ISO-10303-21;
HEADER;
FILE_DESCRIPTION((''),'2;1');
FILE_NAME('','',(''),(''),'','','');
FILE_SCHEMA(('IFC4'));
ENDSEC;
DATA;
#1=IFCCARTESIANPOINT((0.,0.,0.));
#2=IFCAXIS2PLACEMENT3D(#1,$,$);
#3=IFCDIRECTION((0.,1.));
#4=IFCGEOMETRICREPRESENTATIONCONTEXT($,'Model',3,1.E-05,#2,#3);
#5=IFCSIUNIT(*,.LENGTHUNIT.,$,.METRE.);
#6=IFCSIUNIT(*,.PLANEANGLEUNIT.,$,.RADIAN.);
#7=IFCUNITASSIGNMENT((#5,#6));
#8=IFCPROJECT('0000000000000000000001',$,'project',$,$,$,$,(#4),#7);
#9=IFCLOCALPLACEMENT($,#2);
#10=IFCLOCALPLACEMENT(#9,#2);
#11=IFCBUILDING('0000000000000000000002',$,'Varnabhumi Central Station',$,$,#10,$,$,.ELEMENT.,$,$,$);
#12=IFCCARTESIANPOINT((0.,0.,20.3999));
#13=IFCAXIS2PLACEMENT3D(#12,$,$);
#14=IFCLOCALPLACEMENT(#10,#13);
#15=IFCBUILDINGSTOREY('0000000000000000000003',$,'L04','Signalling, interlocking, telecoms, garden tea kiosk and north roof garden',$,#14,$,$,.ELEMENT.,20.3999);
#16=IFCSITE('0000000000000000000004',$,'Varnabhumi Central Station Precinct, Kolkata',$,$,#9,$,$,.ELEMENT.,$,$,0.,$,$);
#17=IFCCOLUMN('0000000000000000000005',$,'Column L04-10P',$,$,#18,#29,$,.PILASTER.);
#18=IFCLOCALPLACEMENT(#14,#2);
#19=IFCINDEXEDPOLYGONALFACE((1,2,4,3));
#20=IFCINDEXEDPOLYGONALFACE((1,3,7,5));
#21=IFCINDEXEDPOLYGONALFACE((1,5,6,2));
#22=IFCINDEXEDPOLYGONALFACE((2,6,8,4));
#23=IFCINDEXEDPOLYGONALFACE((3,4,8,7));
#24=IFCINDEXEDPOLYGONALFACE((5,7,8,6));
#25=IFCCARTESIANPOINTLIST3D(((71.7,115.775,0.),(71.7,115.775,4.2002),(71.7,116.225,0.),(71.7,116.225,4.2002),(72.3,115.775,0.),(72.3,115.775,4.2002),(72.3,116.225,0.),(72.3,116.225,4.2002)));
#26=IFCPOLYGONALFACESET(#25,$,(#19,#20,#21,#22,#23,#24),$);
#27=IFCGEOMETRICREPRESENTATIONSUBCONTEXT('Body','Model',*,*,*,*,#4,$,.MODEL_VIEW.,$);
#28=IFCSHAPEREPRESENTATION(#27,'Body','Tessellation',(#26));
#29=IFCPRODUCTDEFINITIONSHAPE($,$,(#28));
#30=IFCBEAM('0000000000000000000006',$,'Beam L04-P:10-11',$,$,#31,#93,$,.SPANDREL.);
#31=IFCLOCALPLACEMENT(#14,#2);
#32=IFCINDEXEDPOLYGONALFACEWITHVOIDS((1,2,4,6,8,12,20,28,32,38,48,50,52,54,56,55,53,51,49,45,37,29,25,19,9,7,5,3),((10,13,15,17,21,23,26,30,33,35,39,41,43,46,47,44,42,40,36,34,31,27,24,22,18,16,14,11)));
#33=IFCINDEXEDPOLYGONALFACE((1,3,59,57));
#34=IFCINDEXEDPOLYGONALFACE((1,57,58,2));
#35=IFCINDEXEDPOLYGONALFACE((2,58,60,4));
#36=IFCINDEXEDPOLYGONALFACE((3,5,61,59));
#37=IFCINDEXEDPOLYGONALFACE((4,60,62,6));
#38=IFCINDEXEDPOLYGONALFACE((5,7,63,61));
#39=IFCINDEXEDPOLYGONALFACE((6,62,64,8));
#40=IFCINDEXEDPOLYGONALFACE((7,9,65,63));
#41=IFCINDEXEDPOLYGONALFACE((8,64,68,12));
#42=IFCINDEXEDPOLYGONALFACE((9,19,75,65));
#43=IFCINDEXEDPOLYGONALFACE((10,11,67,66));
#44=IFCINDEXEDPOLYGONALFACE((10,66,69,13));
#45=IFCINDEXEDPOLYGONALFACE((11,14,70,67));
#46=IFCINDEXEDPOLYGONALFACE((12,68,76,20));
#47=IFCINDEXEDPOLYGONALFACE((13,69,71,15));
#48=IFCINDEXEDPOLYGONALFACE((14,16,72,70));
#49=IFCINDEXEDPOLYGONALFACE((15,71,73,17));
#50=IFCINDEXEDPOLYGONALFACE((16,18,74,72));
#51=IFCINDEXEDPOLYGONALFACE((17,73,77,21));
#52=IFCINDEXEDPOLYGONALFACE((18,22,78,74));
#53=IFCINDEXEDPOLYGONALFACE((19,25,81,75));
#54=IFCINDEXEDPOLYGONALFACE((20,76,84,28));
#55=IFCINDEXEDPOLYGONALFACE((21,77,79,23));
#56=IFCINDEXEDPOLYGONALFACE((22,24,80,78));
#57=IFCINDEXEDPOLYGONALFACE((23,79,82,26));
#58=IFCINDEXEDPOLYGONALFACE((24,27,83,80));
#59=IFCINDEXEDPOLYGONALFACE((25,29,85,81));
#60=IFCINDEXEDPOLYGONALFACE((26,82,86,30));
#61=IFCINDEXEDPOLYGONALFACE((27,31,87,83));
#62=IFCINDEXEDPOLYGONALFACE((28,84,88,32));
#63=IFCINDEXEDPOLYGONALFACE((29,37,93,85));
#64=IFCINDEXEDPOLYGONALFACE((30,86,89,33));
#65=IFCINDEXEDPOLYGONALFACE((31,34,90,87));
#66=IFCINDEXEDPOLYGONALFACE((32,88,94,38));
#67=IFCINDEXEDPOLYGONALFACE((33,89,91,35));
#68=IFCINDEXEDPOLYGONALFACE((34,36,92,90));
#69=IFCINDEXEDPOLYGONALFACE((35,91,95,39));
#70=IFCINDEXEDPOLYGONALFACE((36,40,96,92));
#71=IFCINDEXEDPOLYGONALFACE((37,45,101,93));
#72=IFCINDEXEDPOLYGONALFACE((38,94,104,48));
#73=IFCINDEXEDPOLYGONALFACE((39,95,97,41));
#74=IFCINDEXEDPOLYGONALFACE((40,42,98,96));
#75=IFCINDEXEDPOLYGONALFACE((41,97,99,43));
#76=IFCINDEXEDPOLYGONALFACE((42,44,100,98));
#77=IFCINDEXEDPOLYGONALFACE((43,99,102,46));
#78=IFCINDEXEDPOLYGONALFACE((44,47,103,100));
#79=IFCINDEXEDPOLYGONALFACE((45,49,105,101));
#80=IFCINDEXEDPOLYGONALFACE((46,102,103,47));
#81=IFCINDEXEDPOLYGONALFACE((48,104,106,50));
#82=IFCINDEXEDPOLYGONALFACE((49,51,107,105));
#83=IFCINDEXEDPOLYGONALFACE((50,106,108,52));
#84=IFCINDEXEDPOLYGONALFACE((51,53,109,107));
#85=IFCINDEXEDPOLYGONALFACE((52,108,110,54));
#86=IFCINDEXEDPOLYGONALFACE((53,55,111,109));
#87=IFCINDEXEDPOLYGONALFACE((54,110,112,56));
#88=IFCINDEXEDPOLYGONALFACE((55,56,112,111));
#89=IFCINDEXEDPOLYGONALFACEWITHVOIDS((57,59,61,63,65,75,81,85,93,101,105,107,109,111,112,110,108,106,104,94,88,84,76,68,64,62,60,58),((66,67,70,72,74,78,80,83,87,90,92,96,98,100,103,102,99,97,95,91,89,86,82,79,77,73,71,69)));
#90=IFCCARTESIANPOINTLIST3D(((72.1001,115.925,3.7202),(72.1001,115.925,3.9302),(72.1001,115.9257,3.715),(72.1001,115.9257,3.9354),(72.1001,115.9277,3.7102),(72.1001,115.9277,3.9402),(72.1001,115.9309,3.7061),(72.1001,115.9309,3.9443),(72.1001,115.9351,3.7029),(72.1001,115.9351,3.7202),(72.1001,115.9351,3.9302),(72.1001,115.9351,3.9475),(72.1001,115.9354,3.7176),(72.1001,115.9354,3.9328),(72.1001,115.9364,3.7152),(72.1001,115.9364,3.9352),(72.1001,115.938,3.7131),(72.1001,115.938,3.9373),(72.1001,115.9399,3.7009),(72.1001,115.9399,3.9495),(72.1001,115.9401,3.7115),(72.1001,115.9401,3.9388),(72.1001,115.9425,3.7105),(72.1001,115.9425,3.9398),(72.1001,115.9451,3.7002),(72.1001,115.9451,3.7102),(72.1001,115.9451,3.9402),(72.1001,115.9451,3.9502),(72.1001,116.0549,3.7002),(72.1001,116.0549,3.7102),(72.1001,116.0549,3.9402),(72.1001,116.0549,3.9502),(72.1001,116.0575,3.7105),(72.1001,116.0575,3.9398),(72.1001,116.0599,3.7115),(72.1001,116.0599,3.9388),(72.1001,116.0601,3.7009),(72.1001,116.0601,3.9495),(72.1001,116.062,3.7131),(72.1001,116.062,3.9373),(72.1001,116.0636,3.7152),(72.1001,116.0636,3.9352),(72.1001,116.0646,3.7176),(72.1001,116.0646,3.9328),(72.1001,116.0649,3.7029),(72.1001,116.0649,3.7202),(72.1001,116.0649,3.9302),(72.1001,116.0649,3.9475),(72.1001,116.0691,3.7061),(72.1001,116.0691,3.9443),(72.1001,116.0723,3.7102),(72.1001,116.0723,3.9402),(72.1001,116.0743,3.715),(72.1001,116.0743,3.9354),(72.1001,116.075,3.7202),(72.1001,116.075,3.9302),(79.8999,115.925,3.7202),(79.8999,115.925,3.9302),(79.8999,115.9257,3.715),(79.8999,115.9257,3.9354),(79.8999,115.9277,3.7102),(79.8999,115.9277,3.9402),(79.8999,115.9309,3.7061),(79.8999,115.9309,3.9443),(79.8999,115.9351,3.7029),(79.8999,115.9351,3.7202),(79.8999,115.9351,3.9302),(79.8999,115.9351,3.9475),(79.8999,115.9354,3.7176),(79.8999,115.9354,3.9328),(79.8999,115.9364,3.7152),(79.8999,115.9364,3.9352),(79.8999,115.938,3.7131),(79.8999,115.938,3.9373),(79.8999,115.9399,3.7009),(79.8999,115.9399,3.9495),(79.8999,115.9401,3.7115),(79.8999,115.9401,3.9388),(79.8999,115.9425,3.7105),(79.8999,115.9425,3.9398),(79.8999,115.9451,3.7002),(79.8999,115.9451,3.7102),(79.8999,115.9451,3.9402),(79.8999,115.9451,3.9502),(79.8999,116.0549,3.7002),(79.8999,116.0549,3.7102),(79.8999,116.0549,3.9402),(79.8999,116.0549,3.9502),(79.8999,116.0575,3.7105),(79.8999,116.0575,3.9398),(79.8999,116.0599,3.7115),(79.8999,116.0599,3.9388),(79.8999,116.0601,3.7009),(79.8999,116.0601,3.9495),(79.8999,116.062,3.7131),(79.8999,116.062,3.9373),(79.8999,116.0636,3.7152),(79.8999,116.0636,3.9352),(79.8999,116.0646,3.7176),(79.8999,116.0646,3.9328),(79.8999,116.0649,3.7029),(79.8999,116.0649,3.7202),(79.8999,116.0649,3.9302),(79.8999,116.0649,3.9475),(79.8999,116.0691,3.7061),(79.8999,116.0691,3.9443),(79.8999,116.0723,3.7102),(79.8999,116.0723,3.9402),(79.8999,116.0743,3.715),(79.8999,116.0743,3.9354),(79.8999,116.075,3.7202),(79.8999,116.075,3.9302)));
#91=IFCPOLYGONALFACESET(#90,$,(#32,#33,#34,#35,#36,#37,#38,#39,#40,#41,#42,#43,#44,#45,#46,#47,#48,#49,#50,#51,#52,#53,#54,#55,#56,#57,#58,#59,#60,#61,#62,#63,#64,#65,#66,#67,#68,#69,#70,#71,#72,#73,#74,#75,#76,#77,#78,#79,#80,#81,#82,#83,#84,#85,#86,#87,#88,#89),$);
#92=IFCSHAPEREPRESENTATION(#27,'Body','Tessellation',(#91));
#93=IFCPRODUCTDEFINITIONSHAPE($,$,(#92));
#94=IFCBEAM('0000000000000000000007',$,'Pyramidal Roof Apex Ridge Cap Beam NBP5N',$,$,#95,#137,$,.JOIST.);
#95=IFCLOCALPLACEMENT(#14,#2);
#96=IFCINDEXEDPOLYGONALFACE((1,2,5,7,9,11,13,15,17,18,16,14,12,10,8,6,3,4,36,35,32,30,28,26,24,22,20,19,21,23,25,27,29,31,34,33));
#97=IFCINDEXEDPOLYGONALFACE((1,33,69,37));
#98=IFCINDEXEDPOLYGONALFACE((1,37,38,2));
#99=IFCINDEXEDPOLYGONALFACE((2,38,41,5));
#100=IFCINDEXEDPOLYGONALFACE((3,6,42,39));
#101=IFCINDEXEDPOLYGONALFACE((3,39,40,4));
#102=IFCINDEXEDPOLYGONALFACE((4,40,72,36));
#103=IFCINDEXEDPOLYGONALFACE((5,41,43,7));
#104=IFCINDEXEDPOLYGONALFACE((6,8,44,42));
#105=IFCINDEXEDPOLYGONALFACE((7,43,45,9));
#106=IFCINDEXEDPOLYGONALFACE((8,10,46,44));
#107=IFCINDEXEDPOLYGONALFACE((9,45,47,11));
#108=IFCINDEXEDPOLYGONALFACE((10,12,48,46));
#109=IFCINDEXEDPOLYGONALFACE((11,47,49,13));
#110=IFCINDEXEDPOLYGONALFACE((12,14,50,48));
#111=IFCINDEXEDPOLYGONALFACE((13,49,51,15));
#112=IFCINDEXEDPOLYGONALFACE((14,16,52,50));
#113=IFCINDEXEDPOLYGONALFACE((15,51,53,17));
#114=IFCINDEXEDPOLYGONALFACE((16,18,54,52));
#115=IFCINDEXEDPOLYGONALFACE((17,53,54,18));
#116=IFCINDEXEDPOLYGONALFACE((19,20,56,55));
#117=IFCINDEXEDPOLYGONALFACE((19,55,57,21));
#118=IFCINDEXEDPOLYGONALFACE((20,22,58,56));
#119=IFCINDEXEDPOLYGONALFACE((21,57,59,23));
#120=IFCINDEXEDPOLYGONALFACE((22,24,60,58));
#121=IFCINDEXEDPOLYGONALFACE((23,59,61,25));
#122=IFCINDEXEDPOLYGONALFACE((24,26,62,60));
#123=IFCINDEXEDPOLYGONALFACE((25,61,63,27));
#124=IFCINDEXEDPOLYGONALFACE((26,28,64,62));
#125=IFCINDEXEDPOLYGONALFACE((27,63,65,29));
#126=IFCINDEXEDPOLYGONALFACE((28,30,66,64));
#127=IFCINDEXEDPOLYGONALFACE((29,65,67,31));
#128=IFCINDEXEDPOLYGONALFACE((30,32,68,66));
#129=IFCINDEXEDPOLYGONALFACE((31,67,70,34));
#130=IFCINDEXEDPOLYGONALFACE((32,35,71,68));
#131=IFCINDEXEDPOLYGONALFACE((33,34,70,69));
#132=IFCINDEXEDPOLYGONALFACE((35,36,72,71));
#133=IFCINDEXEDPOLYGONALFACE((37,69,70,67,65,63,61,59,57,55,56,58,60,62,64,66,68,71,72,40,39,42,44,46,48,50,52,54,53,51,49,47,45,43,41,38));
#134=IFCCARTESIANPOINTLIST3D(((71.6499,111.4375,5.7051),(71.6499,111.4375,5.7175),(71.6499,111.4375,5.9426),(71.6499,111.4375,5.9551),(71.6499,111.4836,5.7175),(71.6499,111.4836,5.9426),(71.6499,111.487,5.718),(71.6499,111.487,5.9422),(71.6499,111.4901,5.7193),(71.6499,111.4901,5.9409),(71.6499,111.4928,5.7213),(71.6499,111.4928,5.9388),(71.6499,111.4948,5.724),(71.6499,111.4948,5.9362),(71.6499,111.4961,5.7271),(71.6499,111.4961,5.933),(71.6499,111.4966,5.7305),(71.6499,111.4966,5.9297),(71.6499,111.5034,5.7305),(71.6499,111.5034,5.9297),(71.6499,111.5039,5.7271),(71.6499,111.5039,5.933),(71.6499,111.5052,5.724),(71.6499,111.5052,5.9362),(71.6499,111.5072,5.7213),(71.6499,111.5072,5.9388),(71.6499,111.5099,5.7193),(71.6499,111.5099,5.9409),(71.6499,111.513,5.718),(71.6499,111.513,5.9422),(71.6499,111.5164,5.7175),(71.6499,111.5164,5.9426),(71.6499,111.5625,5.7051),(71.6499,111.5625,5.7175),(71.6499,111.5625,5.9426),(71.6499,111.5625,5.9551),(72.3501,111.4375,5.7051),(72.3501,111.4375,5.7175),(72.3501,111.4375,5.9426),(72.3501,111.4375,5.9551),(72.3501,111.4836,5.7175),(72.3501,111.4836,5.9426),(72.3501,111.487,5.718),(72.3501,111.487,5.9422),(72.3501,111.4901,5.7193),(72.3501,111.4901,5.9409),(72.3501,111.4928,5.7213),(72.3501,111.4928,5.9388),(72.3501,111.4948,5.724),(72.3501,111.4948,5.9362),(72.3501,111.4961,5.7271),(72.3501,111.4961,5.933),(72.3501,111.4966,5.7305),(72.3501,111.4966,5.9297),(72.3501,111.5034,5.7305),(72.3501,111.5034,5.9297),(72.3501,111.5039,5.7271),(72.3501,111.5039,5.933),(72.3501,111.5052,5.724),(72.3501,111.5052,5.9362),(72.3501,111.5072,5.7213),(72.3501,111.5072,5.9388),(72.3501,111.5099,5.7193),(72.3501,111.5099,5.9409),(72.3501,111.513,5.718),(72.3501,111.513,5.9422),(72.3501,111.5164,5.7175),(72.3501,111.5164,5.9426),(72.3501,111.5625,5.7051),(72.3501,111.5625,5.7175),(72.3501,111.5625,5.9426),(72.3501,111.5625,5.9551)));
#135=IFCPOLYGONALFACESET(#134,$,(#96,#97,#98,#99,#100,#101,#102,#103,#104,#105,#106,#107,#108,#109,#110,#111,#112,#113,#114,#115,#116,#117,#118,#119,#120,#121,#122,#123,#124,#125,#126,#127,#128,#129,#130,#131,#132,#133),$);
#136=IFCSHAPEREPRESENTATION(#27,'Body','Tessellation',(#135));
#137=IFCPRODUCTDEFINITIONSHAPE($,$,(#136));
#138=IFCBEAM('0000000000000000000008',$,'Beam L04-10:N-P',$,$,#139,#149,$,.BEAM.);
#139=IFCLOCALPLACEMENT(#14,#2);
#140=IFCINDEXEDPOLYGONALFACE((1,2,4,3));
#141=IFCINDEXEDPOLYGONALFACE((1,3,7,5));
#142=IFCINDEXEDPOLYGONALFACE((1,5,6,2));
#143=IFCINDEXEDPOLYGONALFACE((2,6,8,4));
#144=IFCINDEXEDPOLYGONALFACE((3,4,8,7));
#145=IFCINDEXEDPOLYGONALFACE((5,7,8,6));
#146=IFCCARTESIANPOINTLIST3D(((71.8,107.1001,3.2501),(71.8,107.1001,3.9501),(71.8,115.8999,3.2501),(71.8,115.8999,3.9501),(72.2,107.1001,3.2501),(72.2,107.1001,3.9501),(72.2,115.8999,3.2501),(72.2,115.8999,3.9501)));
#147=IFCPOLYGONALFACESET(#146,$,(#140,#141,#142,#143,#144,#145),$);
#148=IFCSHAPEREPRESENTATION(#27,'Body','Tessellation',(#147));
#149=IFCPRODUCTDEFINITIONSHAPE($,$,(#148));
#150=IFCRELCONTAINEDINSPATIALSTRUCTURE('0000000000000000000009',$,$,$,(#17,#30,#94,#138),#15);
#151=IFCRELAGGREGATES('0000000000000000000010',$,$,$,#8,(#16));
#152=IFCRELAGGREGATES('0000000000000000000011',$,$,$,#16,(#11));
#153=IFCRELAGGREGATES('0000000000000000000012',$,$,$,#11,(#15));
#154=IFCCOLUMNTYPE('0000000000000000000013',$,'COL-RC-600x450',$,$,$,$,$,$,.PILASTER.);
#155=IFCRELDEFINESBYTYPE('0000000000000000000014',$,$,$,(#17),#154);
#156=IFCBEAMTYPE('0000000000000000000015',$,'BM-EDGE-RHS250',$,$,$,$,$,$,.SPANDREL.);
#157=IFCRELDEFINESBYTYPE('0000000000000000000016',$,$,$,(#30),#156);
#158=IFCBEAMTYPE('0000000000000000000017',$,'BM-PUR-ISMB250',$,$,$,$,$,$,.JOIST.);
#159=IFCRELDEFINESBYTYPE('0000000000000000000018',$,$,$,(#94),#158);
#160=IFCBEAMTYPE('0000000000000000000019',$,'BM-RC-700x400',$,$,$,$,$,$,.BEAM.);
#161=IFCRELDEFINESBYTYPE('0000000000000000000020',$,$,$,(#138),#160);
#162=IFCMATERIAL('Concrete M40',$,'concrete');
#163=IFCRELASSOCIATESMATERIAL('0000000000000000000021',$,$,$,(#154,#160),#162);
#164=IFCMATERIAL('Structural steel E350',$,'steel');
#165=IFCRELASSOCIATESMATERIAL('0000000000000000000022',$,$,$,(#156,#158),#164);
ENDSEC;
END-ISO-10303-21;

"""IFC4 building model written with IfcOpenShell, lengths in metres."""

from ifc_helpers import new_model, si_unit, direction, frame, origin, origin_2d, place, context, subcontext, project, spatial, rectangle, hollow_rectangle, i_section, extrude, material, material_profile, profile_set, type_object, element, save


model = new_model("IFC4")

# Units and contexts
model_context = context("Model", 3, precision=1e-05, world=origin(), true_north=direction((0.0, 1.0)))
body_context = subcontext(model_context, "Body", "Model", "MODEL_VIEW")
ifc_project = project(units=[si_unit("LENGTHUNIT", "METRE"), si_unit("PLANEANGLEUNIT", "RADIAN")], contexts=[model_context])

# Site, building, storey
site_placement = place(None, origin())
site = spatial("IfcSite", under=ifc_project, at=site_placement, Name="Varnabhumi Central Station Precinct, Kolkata", CompositionType="ELEMENT", RefElevation=0.0)
building_placement = place(site_placement, origin())
building = spatial("IfcBuilding", under=site, at=building_placement, Name="Varnabhumi Central Station", CompositionType="ELEMENT")
storey_placement = place(building_placement, frame((0.0, 0.0, 20.3999)))
storey = spatial("IfcBuildingStorey", under=building, at=storey_placement, Name="L04", Description="Signalling, interlocking, telecoms, garden tea kiosk and north roof garden", CompositionType="ELEMENT", Elevation=20.3999)

# Column
ifc_material_1 = material(Name="Concrete M40", Category="concrete")
ifc_material_profile_1 = material_profile(ifc_material_1, rectangle(XDim=0.6001, YDim=0.45, at=origin_2d()), Name="Concrete M40", Category="concrete")
ifc_profile_set_1 = profile_set([ifc_material_profile_1], Name="Concrete M40")
column_type = type_object("IfcColumnType", Name="COL-RC-600x450", PredefinedType="PILASTER", material=ifc_profile_set_1)
column_placement = place(storey_placement, frame((72.0, 116.0, 0.0), z_axis=(0.0, 0.0, 1.0), x_axis=(1.0, 0.0, 0.0)))
element("IfcColumn", 1, at=column_placement, inside=storey, type_object=column_type, Name="Column L04-10P", PredefinedType="PILASTER", context=body_context, shape_type="SweptSolid", body=[
    extrude(rectangle(XDim=0.6001, YDim=0.45, at=origin_2d()), origin(), (0.0, 0.0, 1.0), 4.2002),
])

# Beams
ifc_material_2 = material(Name="Structural steel E350", Category="steel")
ifc_material_profile_2 = material_profile(ifc_material_2, hollow_rectangle(XDim=0.1499, YDim=0.25, WallThickness=0.01, InnerFilletRadius=0.01, OuterFilletRadius=0.02, at=origin_2d()), Name="Structural steel E350", Category="steel")
ifc_profile_set_2 = profile_set([ifc_material_profile_2], Name="Structural steel E350")
beam_type_1 = type_object("IfcBeamType", Name="BM-EDGE-RHS250", PredefinedType="SPANDREL", material=ifc_profile_set_2)
beam_1_placement = place(storey_placement, frame((72.1001, 116.0, 3.8252), z_axis=(1.0, 0.0, 0.0), x_axis=(0.0, 1.0, 0.0)))
element("IfcBeam", 2, at=beam_1_placement, inside=storey, type_object=beam_type_1, Name="Beam L04-P:10-11", PredefinedType="SPANDREL", context=body_context, shape_type="SweptSolid", body=[
    extrude(hollow_rectangle(XDim=0.1499, YDim=0.25, WallThickness=0.01, InnerFilletRadius=0.01, OuterFilletRadius=0.02, at=origin_2d()), origin(), (0.0, 0.0, 1.0), 7.7998),
])
ifc_material_profile_3 = material_profile(ifc_material_2, i_section(OverallWidth=0.125, OverallDepth=0.25, WebThickness=0.0068, FlangeThickness=0.0125, FilletRadius=0.0129, at=origin_2d()), Name="Structural steel E350", Category="steel")
ifc_profile_set_3 = profile_set([ifc_material_profile_3], Name="Structural steel E350")
beam_type_2 = type_object("IfcBeamType", Name="BM-PUR-ISMB250", PredefinedType="JOIST", material=ifc_profile_set_3)
beam_2_placement = place(storey_placement, frame((71.6499, 111.5, 5.8301), z_axis=(1.0, 0.0, 0.0), x_axis=(0.0, 1.0, 0.0)))
element("IfcBeam", 3, at=beam_2_placement, inside=storey, type_object=beam_type_2, Name="Pyramidal Roof Apex Ridge Cap Beam NBP5N", PredefinedType="JOIST", context=body_context, shape_type="SweptSolid", body=[
    extrude(i_section(OverallWidth=0.125, OverallDepth=0.25, WebThickness=0.0068, FlangeThickness=0.0125, FilletRadius=0.0129, at=origin_2d()), origin(), (0.0, 0.0, 1.0), 0.7002),
])
ifc_material_profile_4 = material_profile(ifc_material_1, rectangle(XDim=0.3999, YDim=0.7, at=origin_2d()), Name="Concrete M40", Category="concrete")
ifc_profile_set_4 = profile_set([ifc_material_profile_4], Name="Concrete M40")
beam_type_3 = type_object("IfcBeamType", Name="BM-RC-700x400", PredefinedType="BEAM", material=ifc_profile_set_4)
beam_3_placement = place(storey_placement, frame((72.0, 107.1001, 3.6001), z_axis=(0.0, 1.0, 0.0), x_axis=(-1.0, 0.0, 0.0)))
element("IfcBeam", 4, at=beam_3_placement, inside=storey, type_object=beam_type_3, Name="Beam L04-10:N-P", PredefinedType="BEAM", context=body_context, shape_type="SweptSolid", body=[
    extrude(rectangle(XDim=0.3999, YDim=0.7, at=origin_2d()), origin(), (0.0, 0.0, 1.0), 8.7998),
])

save(model, "model.ifc")
